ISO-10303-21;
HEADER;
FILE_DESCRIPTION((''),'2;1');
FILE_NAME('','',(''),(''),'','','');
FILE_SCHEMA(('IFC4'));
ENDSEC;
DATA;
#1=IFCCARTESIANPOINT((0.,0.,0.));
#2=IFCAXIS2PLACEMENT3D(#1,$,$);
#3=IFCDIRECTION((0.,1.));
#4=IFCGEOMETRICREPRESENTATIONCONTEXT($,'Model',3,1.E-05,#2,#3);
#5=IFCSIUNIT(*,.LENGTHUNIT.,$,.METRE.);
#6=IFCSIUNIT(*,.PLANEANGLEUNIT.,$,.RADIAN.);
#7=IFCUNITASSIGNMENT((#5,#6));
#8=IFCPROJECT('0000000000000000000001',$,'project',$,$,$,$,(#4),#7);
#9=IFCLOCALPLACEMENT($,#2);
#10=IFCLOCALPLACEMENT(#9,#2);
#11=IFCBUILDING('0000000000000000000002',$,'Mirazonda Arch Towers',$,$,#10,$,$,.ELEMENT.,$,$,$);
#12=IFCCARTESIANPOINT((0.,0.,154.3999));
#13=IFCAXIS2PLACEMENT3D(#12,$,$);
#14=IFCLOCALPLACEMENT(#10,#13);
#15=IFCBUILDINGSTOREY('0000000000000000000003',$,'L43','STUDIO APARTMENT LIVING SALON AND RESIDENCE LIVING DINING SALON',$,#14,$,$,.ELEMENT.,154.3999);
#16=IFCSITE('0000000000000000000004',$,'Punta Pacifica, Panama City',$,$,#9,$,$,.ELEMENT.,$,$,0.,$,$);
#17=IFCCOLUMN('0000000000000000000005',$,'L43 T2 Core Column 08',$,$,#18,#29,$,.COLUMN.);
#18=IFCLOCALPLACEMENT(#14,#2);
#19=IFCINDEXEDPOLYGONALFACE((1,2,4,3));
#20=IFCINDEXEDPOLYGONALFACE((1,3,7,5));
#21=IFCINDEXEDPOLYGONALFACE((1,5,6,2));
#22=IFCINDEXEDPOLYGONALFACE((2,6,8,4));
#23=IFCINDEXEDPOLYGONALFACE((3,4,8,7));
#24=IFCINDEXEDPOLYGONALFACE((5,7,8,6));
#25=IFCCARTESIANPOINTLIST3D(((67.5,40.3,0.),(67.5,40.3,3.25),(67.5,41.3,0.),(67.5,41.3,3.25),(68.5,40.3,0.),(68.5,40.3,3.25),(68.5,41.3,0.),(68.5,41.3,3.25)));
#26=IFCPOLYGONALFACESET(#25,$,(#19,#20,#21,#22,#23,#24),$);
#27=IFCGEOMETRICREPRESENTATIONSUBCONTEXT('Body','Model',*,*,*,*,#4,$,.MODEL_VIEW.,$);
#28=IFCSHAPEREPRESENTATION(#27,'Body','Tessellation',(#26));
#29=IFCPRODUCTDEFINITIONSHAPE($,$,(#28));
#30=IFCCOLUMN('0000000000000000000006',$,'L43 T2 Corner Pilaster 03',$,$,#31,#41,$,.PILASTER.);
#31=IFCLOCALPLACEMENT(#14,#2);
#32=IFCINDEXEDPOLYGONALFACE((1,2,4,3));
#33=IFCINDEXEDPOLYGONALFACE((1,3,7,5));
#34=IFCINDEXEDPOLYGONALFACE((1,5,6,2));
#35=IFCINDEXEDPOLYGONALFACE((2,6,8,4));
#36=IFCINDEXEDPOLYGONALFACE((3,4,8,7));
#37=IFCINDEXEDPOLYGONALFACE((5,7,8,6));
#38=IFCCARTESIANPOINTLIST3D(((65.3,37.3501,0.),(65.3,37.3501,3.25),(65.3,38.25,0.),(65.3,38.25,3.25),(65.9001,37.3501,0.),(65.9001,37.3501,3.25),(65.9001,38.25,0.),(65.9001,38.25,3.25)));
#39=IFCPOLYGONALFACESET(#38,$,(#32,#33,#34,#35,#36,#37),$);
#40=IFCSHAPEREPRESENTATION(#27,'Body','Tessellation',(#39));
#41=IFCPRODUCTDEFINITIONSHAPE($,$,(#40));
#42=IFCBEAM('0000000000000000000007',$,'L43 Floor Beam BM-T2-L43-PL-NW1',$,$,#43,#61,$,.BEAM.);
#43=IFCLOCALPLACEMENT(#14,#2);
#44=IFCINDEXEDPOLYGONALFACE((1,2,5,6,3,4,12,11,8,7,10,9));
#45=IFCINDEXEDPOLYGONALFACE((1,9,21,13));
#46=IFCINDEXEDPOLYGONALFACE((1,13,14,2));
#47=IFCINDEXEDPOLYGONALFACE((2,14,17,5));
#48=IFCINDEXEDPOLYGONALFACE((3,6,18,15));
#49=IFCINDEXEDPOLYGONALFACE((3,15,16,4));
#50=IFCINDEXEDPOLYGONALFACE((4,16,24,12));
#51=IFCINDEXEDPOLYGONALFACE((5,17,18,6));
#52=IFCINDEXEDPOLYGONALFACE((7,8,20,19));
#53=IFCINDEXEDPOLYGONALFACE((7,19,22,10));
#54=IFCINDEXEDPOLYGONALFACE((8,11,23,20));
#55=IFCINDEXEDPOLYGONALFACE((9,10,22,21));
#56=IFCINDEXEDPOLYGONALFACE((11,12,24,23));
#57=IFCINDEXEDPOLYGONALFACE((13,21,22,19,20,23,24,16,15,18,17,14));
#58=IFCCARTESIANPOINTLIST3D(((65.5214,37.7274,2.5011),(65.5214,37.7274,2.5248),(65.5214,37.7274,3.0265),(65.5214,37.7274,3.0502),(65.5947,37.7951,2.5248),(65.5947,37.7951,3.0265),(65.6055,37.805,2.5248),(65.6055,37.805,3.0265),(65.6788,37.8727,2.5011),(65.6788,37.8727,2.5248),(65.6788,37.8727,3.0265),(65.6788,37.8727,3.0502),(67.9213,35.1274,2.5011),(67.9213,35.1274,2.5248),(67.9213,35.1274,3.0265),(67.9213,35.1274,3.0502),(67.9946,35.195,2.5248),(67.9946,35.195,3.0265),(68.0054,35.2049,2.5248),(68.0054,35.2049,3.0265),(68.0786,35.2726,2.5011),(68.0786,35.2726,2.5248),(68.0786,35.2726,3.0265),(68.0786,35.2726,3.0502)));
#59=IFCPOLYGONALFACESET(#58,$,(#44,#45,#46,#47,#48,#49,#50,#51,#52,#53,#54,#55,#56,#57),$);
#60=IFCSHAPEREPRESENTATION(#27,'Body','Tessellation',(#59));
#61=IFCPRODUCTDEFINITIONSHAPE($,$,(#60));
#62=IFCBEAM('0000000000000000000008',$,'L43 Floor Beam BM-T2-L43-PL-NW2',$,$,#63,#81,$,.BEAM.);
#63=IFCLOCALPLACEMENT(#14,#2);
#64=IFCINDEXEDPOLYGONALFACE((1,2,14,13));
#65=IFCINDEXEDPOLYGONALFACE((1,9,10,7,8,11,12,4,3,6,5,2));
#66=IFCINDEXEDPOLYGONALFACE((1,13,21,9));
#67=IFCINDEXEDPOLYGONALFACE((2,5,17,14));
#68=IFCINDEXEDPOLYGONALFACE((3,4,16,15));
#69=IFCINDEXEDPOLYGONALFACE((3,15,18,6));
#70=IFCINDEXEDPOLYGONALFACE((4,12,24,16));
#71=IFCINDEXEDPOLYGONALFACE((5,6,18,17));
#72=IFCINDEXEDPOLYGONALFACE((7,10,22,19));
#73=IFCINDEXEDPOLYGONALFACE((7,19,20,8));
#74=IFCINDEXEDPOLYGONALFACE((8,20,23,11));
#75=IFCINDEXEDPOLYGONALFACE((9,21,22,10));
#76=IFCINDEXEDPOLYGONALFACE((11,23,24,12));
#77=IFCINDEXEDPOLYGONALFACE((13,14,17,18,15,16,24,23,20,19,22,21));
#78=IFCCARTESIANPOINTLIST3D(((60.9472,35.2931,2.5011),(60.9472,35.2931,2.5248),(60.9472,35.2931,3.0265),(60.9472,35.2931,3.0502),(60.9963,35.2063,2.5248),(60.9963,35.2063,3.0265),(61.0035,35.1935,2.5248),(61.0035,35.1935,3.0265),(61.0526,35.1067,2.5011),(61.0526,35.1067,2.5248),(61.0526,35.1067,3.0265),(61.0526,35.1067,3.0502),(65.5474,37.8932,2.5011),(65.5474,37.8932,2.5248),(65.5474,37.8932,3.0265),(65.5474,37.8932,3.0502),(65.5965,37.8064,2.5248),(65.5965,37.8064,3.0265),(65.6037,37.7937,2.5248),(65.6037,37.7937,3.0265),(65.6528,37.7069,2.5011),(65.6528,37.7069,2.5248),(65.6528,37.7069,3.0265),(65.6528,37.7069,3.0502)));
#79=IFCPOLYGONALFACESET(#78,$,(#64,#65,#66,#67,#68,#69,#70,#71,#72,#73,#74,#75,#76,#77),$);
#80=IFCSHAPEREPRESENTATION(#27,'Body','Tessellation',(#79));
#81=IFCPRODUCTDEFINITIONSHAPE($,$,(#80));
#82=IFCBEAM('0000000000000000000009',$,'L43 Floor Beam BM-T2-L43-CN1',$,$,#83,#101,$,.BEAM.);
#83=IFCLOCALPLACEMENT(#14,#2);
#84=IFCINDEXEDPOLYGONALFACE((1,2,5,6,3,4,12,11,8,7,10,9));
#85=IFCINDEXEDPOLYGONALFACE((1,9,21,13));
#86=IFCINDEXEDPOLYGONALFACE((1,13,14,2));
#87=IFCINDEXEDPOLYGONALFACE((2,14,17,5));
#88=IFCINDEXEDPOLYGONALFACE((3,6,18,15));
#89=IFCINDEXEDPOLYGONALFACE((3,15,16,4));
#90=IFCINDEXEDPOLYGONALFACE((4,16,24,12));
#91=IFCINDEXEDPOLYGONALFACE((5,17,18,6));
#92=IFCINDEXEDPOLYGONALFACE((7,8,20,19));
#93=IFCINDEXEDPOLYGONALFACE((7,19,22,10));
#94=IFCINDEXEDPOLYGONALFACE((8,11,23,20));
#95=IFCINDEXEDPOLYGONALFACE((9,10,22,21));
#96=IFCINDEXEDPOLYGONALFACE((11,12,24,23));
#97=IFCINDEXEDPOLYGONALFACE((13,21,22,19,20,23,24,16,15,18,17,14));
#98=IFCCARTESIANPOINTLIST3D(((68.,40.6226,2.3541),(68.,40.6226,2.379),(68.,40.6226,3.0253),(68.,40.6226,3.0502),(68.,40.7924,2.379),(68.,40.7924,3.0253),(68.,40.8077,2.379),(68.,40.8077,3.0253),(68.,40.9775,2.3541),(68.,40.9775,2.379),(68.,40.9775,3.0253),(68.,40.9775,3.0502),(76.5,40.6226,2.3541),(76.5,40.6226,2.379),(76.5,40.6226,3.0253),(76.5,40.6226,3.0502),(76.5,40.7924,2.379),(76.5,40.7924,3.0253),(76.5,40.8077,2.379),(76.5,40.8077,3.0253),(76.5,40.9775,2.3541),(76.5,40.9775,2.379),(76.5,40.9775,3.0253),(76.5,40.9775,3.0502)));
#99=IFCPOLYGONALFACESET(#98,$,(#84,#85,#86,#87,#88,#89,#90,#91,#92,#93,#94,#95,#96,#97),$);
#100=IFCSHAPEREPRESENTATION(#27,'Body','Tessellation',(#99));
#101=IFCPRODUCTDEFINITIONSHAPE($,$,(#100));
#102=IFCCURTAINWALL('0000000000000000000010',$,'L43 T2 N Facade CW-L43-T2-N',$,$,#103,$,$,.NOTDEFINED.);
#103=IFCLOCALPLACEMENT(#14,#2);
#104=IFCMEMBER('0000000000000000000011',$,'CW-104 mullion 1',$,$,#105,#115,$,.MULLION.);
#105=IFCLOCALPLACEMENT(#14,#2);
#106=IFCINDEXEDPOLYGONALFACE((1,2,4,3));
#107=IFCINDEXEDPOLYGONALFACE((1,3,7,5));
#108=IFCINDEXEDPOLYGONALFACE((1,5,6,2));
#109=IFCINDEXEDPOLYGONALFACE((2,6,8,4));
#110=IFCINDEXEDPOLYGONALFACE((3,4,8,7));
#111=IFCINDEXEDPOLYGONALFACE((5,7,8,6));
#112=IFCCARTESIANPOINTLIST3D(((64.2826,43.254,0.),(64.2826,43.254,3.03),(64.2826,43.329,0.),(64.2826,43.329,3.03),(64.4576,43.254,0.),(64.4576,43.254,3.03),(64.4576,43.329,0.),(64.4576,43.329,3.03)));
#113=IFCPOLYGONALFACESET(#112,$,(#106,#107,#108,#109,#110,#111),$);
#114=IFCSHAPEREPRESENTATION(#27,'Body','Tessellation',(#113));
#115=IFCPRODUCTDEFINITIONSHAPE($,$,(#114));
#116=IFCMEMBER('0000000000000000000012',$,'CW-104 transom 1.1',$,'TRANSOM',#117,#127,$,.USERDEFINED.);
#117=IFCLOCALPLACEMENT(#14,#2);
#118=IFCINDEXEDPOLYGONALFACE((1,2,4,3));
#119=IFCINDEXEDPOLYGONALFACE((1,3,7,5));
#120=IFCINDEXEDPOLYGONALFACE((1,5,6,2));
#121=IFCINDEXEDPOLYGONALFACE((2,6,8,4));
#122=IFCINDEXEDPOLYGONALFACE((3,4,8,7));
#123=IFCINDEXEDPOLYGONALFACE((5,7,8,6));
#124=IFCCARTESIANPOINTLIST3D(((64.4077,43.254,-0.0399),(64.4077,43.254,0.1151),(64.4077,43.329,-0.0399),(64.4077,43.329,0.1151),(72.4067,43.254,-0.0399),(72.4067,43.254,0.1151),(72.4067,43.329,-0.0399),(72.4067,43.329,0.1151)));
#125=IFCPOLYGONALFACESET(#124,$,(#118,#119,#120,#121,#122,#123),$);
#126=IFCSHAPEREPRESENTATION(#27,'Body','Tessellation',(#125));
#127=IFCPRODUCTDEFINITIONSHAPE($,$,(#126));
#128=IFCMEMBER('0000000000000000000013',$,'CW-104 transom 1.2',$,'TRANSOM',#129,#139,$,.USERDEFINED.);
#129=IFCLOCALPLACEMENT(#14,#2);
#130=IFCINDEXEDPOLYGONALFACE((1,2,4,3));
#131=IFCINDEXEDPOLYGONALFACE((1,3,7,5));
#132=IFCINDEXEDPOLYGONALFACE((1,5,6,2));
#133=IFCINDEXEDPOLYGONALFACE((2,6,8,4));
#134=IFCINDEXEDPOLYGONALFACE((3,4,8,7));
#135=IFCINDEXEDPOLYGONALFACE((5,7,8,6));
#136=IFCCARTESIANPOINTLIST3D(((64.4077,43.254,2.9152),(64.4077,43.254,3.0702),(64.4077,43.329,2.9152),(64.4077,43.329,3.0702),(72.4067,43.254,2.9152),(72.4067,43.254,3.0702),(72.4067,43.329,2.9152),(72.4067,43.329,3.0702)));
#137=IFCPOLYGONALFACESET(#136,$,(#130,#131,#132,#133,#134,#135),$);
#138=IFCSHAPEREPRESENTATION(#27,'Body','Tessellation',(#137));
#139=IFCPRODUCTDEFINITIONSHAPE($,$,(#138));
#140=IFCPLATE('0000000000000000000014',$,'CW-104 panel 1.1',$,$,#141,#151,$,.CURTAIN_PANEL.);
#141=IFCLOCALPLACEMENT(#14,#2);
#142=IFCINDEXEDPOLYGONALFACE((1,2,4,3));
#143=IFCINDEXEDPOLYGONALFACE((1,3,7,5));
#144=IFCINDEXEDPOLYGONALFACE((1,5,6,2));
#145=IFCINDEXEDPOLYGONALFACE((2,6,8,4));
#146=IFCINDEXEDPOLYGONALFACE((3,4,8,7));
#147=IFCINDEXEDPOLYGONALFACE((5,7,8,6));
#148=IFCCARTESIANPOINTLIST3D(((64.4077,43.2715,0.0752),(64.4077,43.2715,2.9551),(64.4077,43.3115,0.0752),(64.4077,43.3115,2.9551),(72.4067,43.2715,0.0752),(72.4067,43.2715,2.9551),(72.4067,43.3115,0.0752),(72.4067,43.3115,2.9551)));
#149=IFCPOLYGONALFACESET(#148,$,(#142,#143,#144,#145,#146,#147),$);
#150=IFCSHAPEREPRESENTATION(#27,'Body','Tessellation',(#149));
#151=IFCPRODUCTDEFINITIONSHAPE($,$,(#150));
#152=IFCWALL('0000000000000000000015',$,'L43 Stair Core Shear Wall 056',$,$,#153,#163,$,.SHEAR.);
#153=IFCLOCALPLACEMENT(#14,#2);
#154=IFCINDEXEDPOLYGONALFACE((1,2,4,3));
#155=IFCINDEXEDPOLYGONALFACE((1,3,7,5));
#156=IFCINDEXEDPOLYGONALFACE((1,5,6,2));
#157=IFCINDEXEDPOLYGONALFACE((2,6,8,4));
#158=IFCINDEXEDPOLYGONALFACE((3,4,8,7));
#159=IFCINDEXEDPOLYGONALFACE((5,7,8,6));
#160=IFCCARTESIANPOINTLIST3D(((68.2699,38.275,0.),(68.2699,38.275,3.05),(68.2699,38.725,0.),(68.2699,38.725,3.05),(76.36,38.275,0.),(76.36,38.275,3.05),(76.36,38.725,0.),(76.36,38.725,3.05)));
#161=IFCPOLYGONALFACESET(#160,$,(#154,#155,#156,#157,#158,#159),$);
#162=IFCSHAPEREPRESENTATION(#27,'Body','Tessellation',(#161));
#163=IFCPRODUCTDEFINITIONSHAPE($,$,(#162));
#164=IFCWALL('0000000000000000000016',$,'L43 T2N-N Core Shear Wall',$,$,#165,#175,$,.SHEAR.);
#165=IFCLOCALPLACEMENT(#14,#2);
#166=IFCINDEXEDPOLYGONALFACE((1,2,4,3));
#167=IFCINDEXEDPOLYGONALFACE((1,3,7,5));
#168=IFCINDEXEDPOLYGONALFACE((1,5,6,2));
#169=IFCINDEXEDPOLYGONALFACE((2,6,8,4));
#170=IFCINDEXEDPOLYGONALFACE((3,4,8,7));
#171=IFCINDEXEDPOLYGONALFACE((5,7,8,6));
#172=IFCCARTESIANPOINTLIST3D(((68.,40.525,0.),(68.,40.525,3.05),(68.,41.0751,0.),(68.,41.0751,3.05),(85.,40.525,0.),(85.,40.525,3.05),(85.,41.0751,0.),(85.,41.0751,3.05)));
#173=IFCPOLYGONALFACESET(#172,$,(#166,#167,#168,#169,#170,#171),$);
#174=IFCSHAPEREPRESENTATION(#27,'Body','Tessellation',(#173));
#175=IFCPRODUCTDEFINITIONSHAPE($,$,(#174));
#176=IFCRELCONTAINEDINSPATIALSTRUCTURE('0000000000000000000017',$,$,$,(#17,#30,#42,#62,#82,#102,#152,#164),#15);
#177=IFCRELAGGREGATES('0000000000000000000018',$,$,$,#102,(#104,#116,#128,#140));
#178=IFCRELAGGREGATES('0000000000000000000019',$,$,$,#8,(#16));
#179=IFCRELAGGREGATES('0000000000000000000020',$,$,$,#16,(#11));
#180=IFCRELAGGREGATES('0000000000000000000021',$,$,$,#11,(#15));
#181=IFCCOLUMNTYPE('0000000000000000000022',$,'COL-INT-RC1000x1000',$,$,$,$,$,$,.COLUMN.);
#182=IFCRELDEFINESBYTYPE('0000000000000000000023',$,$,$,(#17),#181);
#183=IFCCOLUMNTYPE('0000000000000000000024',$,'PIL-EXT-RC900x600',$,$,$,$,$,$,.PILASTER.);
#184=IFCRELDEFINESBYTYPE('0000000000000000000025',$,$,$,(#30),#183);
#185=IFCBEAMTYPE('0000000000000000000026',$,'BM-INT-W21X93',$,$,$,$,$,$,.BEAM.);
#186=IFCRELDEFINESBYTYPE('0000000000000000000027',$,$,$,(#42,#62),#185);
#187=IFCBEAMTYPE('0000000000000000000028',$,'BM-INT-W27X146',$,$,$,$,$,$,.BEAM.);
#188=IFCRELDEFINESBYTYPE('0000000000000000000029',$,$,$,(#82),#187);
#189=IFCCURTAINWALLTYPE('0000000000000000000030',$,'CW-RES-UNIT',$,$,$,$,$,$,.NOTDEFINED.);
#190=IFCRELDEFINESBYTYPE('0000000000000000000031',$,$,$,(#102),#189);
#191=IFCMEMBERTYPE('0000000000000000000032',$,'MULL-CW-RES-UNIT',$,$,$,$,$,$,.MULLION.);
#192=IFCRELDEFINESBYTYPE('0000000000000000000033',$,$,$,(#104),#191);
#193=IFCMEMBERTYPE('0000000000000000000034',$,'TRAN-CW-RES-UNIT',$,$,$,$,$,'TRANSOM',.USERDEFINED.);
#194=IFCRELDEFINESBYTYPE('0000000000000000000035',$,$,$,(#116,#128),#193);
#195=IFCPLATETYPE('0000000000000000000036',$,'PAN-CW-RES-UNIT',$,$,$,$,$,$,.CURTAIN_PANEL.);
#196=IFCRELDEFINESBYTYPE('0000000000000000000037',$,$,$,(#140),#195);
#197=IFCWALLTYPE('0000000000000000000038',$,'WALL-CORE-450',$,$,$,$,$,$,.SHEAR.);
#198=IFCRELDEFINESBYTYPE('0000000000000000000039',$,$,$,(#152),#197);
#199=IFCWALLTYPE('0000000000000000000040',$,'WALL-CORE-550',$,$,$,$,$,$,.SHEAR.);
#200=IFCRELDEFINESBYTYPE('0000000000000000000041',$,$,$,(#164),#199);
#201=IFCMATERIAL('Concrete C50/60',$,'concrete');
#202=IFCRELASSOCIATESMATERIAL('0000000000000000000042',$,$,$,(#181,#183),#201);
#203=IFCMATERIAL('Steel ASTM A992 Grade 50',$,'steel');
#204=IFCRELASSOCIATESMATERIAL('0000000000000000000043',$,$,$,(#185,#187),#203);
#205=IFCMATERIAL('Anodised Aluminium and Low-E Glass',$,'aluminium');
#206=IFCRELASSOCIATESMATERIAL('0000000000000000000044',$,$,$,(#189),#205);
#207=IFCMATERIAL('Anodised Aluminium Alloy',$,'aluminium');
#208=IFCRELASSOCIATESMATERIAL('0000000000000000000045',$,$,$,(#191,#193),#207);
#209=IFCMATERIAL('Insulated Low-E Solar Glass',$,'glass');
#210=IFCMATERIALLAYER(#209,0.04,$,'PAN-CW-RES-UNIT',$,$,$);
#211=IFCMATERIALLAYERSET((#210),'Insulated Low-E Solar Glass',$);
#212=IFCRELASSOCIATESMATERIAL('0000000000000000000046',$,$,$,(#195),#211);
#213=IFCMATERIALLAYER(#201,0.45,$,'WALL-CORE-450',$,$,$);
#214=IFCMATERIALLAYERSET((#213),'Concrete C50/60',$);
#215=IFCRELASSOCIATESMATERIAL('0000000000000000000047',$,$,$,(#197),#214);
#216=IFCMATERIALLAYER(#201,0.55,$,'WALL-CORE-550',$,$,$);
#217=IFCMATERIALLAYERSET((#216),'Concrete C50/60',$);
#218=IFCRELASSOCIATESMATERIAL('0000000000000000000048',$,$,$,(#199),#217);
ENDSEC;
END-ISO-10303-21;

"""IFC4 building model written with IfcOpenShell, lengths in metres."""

from ifc_helpers import new_model, si_unit, direction, frame, frame_2d, origin, origin_2d, place, context, subcontext, project, spatial, rectangle, i_section, extrude, material, layer, layer_set, material_profile, profile_set, type_object, element, aggregate, save


model = new_model("IFC4")

# Units and contexts
model_context = context("Model", 3, precision=1e-05, world=origin(), true_north=direction((0.0, 1.0)))
body_context = subcontext(model_context, "Body", "Model", "MODEL_VIEW")
ifc_project = project(units=[si_unit("LENGTHUNIT", "METRE"), si_unit("PLANEANGLEUNIT", "RADIAN")], contexts=[model_context])

# Site, building, storey
site_placement = place(None, origin())
site = spatial("IfcSite", under=ifc_project, at=site_placement, Name="Punta Pacifica, Panama City", CompositionType="ELEMENT", RefElevation=0.0)
building_placement = place(site_placement, origin())
building = spatial("IfcBuilding", under=site, at=building_placement, Name="Mirazonda Arch Towers", CompositionType="ELEMENT")
storey_placement = place(building_placement, frame((0.0, 0.0, 154.3999)))
storey = spatial("IfcBuildingStorey", under=building, at=storey_placement, Name="L43", Description="STUDIO APARTMENT LIVING SALON AND RESIDENCE LIVING DINING SALON", CompositionType="ELEMENT", Elevation=154.3999)

# Columns
ifc_material_1 = material(Name="Concrete C50/60", Category="concrete")
ifc_material_profile_1 = material_profile(ifc_material_1, rectangle(XDim=1.0, YDim=1.0, at=origin_2d()), Name="RC1000x1000")
ifc_profile_set_1 = profile_set([ifc_material_profile_1], Name="Concrete C50/60")
column_type_1 = type_object("IfcColumnType", Name="COL-INT-RC1000x1000", PredefinedType="COLUMN", material=ifc_profile_set_1)
column_1_placement = place(storey_placement, frame((68.0, 40.8, 0.0), z_axis=(0.0, 0.0, 1.0), x_axis=(1.0, 0.0, 0.0)))
element("IfcColumn", 1, at=column_1_placement, inside=storey, type_object=column_type_1, Name="L43 T2 Core Column 08", PredefinedType="COLUMN", context=body_context, shape_type="SweptSolid", body=[
    extrude(rectangle(XDim=1.0, YDim=1.0, at=origin_2d()), origin(), (0.0, 0.0, 1.0), 3.25),
])
ifc_material_profile_2 = material_profile(ifc_material_1, rectangle(XDim=0.6001, YDim=0.8999, at=origin_2d()), Name="RC900x600")
ifc_profile_set_2 = profile_set([ifc_material_profile_2], Name="Concrete C50/60")
column_type_2 = type_object("IfcColumnType", Name="PIL-EXT-RC900x600", PredefinedType="PILASTER", material=ifc_profile_set_2)
column_2_placement = place(storey_placement, frame((65.6001, 37.8, 0.0), z_axis=(0.0, 0.0, 1.0), x_axis=(1.0, 0.0, 0.0)))
element("IfcColumn", 2, at=column_2_placement, inside=storey, type_object=column_type_2, Name="L43 T2 Corner Pilaster 03", PredefinedType="PILASTER", context=body_context, shape_type="SweptSolid", body=[
    extrude(rectangle(XDim=0.6001, YDim=0.8999, at=origin_2d()), origin(), (0.0, 0.0, 1.0), 3.25),
])

# Beams
ifc_material_2 = material(Name="Steel ASTM A992 Grade 50", Category="steel")
ifc_material_profile_3 = material_profile(ifc_material_2, i_section(OverallWidth=0.2141, OverallDepth=0.5491, WebThickness=0.0146, FlangeThickness=0.0237, at=origin_2d()), Name="W21X93")
ifc_profile_set_3 = profile_set([ifc_material_profile_3], Name="Steel ASTM A992 Grade 50")
beam_type_1 = type_object("IfcBeamType", Name="BM-INT-W21X93", PredefinedType="BEAM", material=ifc_profile_set_3)
beam_1_placement = place(storey_placement, frame((65.6001, 37.8, 2.7756), z_axis=(0.678251, -0.73483, 0.0), x_axis=(0.73483, 0.678251, 0.0)))
element("IfcBeam", 3, at=beam_1_placement, inside=storey, type_object=beam_type_1, Name="L43 Floor Beam BM-T2-L43-PL-NW1", PredefinedType="BEAM", context=body_context, shape_type="SweptSolid", body=[
    extrude(i_section(OverallWidth=0.2141, OverallDepth=0.5491, WebThickness=0.0146, FlangeThickness=0.0237, at=origin_2d()), origin(), (0.0, 0.0, 1.0), 3.5383),
])
beam_2_placement = place(storey_placement, frame((65.6001, 37.8, 2.7756), z_axis=(-0.870559, -0.492063, 0.0), x_axis=(0.492063, -0.870559, 0.0)))
element("IfcBeam", 4, at=beam_2_placement, inside=storey, type_object=beam_type_1, Name="L43 Floor Beam BM-T2-L43-PL-NW2", PredefinedType="BEAM", context=body_context, shape_type="SweptSolid", body=[
    extrude(i_section(OverallWidth=0.2141, OverallDepth=0.5491, WebThickness=0.0146, FlangeThickness=0.0237, at=origin_2d()), origin(), (0.0, 0.0, 1.0), 5.2842),
])
ifc_material_profile_4 = material_profile(ifc_material_2, i_section(OverallWidth=0.355, OverallDepth=0.696, WebThickness=0.0154, FlangeThickness=0.0249, at=origin_2d()), Name="W27X146")
ifc_profile_set_4 = profile_set([ifc_material_profile_4], Name="Steel ASTM A992 Grade 50")
beam_type_2 = type_object("IfcBeamType", Name="BM-INT-W27X146", PredefinedType="BEAM", material=ifc_profile_set_4)
beam_3_placement = place(storey_placement, frame((68.0, 40.8, 2.7021), z_axis=(1.0, 0.0, 0.0), x_axis=(0.0, 1.0, 0.0)))
element("IfcBeam", 5, at=beam_3_placement, inside=storey, type_object=beam_type_2, Name="L43 Floor Beam BM-T2-L43-CN1", PredefinedType="BEAM", context=body_context, shape_type="SweptSolid", body=[
    extrude(i_section(OverallWidth=0.355, OverallDepth=0.696, WebThickness=0.0154, FlangeThickness=0.0249, at=origin_2d()), origin(), (0.0, 0.0, 1.0), 8.5),
])

# Curtain wall, members, plate
ifc_material_3 = material(Name="Anodised Aluminium and Low-E Glass", Category="aluminium")
curtain_wall_type = type_object("IfcCurtainWallType", Name="CW-RES-UNIT", PredefinedType="NOTDEFINED", material=ifc_material_3)
curtain_wall_placement = place(storey_placement, origin())
curtain_wall = element("IfcCurtainWall", 6, at=curtain_wall_placement, inside=storey, type_object=curtain_wall_type, Name="L43 T2 N Facade CW-L43-T2-N", PredefinedType="NOTDEFINED")
ifc_material_4 = material(Name="Anodised Aluminium Alloy", Category="aluminium")
ifc_material_profile_5 = material_profile(ifc_material_4, rectangle(XDim=0.075, YDim=0.175, at=origin_2d()), Name="ALU-MULL-75x175")
ifc_profile_set_5 = profile_set([ifc_material_profile_5], Name="Anodised Aluminium Alloy")
member_type_1 = type_object("IfcMemberType", Name="MULL-CW-RES-UNIT", PredefinedType="MULLION", material=ifc_profile_set_5)
member_1_placement = place(storey_placement, frame((64.3701, 43.2915, 0.0), z_axis=(0.0, 0.0, 1.0), x_axis=(0.0, 1.0, 0.0)))
member_1 = element("IfcMember", 7, at=member_1_placement, type_object=member_type_1, Name="CW-104 mullion 1", PredefinedType="MULLION", context=body_context, shape_type="SweptSolid", body=[
    extrude(rectangle(XDim=0.075, YDim=0.175, at=origin_2d()), origin(), (0.0, 0.0, 1.0), 3.03),
])
ifc_material_profile_6 = material_profile(ifc_material_4, rectangle(XDim=0.075, YDim=0.155, at=origin_2d()), Name="ALU-TRAN-75x155")
ifc_profile_set_6 = profile_set([ifc_material_profile_6], Name="Anodised Aluminium Alloy")
member_type_2 = type_object("IfcMemberType", Name="TRAN-CW-RES-UNIT", ElementType="TRANSOM", PredefinedType="USERDEFINED", material=ifc_profile_set_6)
member_2_placement = place(storey_placement, frame((64.4077, 43.2915, 0.0376), z_axis=(1.0, 0.0, 0.0), x_axis=(0.0, 1.0, 0.0)))
member_2 = element("IfcMember", 8, at=member_2_placement, type_object=member_type_2, Name="CW-104 transom 1.1", ObjectType="TRANSOM", PredefinedType="USERDEFINED", context=body_context, shape_type="SweptSolid", body=[
    extrude(rectangle(XDim=0.075, YDim=0.155, at=origin_2d()), origin(), (0.0, 0.0, 1.0), 7.999),
])
member_3_placement = place(storey_placement, frame((64.4077, 43.2915, 2.9927), z_axis=(1.0, 0.0, 0.0), x_axis=(0.0, 1.0, 0.0)))
member_3 = element("IfcMember", 9, at=member_3_placement, type_object=member_type_2, Name="CW-104 transom 1.2", ObjectType="TRANSOM", PredefinedType="USERDEFINED", context=body_context, shape_type="SweptSolid", body=[
    extrude(rectangle(XDim=0.075, YDim=0.155, at=origin_2d()), origin(), (0.0, 0.0, 1.0), 7.999),
])
ifc_material_5 = material(Name="Insulated Low-E Solar Glass", Category="glass")
ifc_layer_1 = layer(ifc_material_5, 0.04, Name="PAN-CW-RES-UNIT")
ifc_layer_set_1 = layer_set([ifc_layer_1], Name="Insulated Low-E Solar Glass")
plate_type = type_object("IfcPlateType", Name="PAN-CW-RES-UNIT", PredefinedType="CURTAIN_PANEL", material=ifc_layer_set_1)
plate_placement = place(storey_placement, frame((68.4072, 43.2915, 0.0752), z_axis=(0.0, 0.0, 1.0), x_axis=(1.0, 0.0, 0.0)))
plate = element("IfcPlate", 10, at=plate_placement, type_object=plate_type, Name="CW-104 panel 1.1", PredefinedType="CURTAIN_PANEL", context=body_context, shape_type="SweptSolid", body=[
    extrude(rectangle(XDim=7.999, YDim=0.04, at=origin_2d()), origin(), (0.0, 0.0, 1.0), 2.8799),
])
aggregate(curtain_wall, [member_1, member_2, member_3, plate])

# Walls
ifc_layer_2 = layer(ifc_material_1, 0.45, Name="WALL-CORE-450")
ifc_layer_set_2 = layer_set([ifc_layer_2], Name="Concrete C50/60")
wall_type_1 = type_object("IfcWallType", Name="WALL-CORE-450", PredefinedType="SHEAR", material=ifc_layer_set_2)
wall_1_placement = place(storey_placement, frame((68.27, 38.5, 0.0), z_axis=(0.0, 0.0, 1.0), x_axis=(1.0, 0.0, 0.0)))
element("IfcWall", 11, at=wall_1_placement, inside=storey, type_object=wall_type_1, Name="L43 Stair Core Shear Wall 056", PredefinedType="SHEAR", context=body_context, shape_type="SweptSolid", body=[
    extrude(rectangle(XDim=8.0901, YDim=0.45, at=frame_2d((4.0449, 0.0))), origin(), (0.0, 0.0, 1.0), 3.05),
])
ifc_layer_3 = layer(ifc_material_1, 0.55, Name="WALL-CORE-550")
ifc_layer_set_3 = layer_set([ifc_layer_3], Name="Concrete C50/60")
wall_type_2 = type_object("IfcWallType", Name="WALL-CORE-550", PredefinedType="SHEAR", material=ifc_layer_set_3)
wall_2_placement = place(storey_placement, frame((68.0, 40.8, 0.0), z_axis=(0.0, 0.0, 1.0), x_axis=(1.0, 0.0, 0.0)))
element("IfcWall", 12, at=wall_2_placement, inside=storey, type_object=wall_type_2, Name="L43 T2N-N Core Shear Wall", PredefinedType="SHEAR", context=body_context, shape_type="SweptSolid", body=[
    extrude(rectangle(XDim=17.0, YDim=0.55, at=frame_2d((8.5, 0.0))), origin(), (0.0, 0.0, 1.0), 3.05),
])

save(model, "model.ifc")
